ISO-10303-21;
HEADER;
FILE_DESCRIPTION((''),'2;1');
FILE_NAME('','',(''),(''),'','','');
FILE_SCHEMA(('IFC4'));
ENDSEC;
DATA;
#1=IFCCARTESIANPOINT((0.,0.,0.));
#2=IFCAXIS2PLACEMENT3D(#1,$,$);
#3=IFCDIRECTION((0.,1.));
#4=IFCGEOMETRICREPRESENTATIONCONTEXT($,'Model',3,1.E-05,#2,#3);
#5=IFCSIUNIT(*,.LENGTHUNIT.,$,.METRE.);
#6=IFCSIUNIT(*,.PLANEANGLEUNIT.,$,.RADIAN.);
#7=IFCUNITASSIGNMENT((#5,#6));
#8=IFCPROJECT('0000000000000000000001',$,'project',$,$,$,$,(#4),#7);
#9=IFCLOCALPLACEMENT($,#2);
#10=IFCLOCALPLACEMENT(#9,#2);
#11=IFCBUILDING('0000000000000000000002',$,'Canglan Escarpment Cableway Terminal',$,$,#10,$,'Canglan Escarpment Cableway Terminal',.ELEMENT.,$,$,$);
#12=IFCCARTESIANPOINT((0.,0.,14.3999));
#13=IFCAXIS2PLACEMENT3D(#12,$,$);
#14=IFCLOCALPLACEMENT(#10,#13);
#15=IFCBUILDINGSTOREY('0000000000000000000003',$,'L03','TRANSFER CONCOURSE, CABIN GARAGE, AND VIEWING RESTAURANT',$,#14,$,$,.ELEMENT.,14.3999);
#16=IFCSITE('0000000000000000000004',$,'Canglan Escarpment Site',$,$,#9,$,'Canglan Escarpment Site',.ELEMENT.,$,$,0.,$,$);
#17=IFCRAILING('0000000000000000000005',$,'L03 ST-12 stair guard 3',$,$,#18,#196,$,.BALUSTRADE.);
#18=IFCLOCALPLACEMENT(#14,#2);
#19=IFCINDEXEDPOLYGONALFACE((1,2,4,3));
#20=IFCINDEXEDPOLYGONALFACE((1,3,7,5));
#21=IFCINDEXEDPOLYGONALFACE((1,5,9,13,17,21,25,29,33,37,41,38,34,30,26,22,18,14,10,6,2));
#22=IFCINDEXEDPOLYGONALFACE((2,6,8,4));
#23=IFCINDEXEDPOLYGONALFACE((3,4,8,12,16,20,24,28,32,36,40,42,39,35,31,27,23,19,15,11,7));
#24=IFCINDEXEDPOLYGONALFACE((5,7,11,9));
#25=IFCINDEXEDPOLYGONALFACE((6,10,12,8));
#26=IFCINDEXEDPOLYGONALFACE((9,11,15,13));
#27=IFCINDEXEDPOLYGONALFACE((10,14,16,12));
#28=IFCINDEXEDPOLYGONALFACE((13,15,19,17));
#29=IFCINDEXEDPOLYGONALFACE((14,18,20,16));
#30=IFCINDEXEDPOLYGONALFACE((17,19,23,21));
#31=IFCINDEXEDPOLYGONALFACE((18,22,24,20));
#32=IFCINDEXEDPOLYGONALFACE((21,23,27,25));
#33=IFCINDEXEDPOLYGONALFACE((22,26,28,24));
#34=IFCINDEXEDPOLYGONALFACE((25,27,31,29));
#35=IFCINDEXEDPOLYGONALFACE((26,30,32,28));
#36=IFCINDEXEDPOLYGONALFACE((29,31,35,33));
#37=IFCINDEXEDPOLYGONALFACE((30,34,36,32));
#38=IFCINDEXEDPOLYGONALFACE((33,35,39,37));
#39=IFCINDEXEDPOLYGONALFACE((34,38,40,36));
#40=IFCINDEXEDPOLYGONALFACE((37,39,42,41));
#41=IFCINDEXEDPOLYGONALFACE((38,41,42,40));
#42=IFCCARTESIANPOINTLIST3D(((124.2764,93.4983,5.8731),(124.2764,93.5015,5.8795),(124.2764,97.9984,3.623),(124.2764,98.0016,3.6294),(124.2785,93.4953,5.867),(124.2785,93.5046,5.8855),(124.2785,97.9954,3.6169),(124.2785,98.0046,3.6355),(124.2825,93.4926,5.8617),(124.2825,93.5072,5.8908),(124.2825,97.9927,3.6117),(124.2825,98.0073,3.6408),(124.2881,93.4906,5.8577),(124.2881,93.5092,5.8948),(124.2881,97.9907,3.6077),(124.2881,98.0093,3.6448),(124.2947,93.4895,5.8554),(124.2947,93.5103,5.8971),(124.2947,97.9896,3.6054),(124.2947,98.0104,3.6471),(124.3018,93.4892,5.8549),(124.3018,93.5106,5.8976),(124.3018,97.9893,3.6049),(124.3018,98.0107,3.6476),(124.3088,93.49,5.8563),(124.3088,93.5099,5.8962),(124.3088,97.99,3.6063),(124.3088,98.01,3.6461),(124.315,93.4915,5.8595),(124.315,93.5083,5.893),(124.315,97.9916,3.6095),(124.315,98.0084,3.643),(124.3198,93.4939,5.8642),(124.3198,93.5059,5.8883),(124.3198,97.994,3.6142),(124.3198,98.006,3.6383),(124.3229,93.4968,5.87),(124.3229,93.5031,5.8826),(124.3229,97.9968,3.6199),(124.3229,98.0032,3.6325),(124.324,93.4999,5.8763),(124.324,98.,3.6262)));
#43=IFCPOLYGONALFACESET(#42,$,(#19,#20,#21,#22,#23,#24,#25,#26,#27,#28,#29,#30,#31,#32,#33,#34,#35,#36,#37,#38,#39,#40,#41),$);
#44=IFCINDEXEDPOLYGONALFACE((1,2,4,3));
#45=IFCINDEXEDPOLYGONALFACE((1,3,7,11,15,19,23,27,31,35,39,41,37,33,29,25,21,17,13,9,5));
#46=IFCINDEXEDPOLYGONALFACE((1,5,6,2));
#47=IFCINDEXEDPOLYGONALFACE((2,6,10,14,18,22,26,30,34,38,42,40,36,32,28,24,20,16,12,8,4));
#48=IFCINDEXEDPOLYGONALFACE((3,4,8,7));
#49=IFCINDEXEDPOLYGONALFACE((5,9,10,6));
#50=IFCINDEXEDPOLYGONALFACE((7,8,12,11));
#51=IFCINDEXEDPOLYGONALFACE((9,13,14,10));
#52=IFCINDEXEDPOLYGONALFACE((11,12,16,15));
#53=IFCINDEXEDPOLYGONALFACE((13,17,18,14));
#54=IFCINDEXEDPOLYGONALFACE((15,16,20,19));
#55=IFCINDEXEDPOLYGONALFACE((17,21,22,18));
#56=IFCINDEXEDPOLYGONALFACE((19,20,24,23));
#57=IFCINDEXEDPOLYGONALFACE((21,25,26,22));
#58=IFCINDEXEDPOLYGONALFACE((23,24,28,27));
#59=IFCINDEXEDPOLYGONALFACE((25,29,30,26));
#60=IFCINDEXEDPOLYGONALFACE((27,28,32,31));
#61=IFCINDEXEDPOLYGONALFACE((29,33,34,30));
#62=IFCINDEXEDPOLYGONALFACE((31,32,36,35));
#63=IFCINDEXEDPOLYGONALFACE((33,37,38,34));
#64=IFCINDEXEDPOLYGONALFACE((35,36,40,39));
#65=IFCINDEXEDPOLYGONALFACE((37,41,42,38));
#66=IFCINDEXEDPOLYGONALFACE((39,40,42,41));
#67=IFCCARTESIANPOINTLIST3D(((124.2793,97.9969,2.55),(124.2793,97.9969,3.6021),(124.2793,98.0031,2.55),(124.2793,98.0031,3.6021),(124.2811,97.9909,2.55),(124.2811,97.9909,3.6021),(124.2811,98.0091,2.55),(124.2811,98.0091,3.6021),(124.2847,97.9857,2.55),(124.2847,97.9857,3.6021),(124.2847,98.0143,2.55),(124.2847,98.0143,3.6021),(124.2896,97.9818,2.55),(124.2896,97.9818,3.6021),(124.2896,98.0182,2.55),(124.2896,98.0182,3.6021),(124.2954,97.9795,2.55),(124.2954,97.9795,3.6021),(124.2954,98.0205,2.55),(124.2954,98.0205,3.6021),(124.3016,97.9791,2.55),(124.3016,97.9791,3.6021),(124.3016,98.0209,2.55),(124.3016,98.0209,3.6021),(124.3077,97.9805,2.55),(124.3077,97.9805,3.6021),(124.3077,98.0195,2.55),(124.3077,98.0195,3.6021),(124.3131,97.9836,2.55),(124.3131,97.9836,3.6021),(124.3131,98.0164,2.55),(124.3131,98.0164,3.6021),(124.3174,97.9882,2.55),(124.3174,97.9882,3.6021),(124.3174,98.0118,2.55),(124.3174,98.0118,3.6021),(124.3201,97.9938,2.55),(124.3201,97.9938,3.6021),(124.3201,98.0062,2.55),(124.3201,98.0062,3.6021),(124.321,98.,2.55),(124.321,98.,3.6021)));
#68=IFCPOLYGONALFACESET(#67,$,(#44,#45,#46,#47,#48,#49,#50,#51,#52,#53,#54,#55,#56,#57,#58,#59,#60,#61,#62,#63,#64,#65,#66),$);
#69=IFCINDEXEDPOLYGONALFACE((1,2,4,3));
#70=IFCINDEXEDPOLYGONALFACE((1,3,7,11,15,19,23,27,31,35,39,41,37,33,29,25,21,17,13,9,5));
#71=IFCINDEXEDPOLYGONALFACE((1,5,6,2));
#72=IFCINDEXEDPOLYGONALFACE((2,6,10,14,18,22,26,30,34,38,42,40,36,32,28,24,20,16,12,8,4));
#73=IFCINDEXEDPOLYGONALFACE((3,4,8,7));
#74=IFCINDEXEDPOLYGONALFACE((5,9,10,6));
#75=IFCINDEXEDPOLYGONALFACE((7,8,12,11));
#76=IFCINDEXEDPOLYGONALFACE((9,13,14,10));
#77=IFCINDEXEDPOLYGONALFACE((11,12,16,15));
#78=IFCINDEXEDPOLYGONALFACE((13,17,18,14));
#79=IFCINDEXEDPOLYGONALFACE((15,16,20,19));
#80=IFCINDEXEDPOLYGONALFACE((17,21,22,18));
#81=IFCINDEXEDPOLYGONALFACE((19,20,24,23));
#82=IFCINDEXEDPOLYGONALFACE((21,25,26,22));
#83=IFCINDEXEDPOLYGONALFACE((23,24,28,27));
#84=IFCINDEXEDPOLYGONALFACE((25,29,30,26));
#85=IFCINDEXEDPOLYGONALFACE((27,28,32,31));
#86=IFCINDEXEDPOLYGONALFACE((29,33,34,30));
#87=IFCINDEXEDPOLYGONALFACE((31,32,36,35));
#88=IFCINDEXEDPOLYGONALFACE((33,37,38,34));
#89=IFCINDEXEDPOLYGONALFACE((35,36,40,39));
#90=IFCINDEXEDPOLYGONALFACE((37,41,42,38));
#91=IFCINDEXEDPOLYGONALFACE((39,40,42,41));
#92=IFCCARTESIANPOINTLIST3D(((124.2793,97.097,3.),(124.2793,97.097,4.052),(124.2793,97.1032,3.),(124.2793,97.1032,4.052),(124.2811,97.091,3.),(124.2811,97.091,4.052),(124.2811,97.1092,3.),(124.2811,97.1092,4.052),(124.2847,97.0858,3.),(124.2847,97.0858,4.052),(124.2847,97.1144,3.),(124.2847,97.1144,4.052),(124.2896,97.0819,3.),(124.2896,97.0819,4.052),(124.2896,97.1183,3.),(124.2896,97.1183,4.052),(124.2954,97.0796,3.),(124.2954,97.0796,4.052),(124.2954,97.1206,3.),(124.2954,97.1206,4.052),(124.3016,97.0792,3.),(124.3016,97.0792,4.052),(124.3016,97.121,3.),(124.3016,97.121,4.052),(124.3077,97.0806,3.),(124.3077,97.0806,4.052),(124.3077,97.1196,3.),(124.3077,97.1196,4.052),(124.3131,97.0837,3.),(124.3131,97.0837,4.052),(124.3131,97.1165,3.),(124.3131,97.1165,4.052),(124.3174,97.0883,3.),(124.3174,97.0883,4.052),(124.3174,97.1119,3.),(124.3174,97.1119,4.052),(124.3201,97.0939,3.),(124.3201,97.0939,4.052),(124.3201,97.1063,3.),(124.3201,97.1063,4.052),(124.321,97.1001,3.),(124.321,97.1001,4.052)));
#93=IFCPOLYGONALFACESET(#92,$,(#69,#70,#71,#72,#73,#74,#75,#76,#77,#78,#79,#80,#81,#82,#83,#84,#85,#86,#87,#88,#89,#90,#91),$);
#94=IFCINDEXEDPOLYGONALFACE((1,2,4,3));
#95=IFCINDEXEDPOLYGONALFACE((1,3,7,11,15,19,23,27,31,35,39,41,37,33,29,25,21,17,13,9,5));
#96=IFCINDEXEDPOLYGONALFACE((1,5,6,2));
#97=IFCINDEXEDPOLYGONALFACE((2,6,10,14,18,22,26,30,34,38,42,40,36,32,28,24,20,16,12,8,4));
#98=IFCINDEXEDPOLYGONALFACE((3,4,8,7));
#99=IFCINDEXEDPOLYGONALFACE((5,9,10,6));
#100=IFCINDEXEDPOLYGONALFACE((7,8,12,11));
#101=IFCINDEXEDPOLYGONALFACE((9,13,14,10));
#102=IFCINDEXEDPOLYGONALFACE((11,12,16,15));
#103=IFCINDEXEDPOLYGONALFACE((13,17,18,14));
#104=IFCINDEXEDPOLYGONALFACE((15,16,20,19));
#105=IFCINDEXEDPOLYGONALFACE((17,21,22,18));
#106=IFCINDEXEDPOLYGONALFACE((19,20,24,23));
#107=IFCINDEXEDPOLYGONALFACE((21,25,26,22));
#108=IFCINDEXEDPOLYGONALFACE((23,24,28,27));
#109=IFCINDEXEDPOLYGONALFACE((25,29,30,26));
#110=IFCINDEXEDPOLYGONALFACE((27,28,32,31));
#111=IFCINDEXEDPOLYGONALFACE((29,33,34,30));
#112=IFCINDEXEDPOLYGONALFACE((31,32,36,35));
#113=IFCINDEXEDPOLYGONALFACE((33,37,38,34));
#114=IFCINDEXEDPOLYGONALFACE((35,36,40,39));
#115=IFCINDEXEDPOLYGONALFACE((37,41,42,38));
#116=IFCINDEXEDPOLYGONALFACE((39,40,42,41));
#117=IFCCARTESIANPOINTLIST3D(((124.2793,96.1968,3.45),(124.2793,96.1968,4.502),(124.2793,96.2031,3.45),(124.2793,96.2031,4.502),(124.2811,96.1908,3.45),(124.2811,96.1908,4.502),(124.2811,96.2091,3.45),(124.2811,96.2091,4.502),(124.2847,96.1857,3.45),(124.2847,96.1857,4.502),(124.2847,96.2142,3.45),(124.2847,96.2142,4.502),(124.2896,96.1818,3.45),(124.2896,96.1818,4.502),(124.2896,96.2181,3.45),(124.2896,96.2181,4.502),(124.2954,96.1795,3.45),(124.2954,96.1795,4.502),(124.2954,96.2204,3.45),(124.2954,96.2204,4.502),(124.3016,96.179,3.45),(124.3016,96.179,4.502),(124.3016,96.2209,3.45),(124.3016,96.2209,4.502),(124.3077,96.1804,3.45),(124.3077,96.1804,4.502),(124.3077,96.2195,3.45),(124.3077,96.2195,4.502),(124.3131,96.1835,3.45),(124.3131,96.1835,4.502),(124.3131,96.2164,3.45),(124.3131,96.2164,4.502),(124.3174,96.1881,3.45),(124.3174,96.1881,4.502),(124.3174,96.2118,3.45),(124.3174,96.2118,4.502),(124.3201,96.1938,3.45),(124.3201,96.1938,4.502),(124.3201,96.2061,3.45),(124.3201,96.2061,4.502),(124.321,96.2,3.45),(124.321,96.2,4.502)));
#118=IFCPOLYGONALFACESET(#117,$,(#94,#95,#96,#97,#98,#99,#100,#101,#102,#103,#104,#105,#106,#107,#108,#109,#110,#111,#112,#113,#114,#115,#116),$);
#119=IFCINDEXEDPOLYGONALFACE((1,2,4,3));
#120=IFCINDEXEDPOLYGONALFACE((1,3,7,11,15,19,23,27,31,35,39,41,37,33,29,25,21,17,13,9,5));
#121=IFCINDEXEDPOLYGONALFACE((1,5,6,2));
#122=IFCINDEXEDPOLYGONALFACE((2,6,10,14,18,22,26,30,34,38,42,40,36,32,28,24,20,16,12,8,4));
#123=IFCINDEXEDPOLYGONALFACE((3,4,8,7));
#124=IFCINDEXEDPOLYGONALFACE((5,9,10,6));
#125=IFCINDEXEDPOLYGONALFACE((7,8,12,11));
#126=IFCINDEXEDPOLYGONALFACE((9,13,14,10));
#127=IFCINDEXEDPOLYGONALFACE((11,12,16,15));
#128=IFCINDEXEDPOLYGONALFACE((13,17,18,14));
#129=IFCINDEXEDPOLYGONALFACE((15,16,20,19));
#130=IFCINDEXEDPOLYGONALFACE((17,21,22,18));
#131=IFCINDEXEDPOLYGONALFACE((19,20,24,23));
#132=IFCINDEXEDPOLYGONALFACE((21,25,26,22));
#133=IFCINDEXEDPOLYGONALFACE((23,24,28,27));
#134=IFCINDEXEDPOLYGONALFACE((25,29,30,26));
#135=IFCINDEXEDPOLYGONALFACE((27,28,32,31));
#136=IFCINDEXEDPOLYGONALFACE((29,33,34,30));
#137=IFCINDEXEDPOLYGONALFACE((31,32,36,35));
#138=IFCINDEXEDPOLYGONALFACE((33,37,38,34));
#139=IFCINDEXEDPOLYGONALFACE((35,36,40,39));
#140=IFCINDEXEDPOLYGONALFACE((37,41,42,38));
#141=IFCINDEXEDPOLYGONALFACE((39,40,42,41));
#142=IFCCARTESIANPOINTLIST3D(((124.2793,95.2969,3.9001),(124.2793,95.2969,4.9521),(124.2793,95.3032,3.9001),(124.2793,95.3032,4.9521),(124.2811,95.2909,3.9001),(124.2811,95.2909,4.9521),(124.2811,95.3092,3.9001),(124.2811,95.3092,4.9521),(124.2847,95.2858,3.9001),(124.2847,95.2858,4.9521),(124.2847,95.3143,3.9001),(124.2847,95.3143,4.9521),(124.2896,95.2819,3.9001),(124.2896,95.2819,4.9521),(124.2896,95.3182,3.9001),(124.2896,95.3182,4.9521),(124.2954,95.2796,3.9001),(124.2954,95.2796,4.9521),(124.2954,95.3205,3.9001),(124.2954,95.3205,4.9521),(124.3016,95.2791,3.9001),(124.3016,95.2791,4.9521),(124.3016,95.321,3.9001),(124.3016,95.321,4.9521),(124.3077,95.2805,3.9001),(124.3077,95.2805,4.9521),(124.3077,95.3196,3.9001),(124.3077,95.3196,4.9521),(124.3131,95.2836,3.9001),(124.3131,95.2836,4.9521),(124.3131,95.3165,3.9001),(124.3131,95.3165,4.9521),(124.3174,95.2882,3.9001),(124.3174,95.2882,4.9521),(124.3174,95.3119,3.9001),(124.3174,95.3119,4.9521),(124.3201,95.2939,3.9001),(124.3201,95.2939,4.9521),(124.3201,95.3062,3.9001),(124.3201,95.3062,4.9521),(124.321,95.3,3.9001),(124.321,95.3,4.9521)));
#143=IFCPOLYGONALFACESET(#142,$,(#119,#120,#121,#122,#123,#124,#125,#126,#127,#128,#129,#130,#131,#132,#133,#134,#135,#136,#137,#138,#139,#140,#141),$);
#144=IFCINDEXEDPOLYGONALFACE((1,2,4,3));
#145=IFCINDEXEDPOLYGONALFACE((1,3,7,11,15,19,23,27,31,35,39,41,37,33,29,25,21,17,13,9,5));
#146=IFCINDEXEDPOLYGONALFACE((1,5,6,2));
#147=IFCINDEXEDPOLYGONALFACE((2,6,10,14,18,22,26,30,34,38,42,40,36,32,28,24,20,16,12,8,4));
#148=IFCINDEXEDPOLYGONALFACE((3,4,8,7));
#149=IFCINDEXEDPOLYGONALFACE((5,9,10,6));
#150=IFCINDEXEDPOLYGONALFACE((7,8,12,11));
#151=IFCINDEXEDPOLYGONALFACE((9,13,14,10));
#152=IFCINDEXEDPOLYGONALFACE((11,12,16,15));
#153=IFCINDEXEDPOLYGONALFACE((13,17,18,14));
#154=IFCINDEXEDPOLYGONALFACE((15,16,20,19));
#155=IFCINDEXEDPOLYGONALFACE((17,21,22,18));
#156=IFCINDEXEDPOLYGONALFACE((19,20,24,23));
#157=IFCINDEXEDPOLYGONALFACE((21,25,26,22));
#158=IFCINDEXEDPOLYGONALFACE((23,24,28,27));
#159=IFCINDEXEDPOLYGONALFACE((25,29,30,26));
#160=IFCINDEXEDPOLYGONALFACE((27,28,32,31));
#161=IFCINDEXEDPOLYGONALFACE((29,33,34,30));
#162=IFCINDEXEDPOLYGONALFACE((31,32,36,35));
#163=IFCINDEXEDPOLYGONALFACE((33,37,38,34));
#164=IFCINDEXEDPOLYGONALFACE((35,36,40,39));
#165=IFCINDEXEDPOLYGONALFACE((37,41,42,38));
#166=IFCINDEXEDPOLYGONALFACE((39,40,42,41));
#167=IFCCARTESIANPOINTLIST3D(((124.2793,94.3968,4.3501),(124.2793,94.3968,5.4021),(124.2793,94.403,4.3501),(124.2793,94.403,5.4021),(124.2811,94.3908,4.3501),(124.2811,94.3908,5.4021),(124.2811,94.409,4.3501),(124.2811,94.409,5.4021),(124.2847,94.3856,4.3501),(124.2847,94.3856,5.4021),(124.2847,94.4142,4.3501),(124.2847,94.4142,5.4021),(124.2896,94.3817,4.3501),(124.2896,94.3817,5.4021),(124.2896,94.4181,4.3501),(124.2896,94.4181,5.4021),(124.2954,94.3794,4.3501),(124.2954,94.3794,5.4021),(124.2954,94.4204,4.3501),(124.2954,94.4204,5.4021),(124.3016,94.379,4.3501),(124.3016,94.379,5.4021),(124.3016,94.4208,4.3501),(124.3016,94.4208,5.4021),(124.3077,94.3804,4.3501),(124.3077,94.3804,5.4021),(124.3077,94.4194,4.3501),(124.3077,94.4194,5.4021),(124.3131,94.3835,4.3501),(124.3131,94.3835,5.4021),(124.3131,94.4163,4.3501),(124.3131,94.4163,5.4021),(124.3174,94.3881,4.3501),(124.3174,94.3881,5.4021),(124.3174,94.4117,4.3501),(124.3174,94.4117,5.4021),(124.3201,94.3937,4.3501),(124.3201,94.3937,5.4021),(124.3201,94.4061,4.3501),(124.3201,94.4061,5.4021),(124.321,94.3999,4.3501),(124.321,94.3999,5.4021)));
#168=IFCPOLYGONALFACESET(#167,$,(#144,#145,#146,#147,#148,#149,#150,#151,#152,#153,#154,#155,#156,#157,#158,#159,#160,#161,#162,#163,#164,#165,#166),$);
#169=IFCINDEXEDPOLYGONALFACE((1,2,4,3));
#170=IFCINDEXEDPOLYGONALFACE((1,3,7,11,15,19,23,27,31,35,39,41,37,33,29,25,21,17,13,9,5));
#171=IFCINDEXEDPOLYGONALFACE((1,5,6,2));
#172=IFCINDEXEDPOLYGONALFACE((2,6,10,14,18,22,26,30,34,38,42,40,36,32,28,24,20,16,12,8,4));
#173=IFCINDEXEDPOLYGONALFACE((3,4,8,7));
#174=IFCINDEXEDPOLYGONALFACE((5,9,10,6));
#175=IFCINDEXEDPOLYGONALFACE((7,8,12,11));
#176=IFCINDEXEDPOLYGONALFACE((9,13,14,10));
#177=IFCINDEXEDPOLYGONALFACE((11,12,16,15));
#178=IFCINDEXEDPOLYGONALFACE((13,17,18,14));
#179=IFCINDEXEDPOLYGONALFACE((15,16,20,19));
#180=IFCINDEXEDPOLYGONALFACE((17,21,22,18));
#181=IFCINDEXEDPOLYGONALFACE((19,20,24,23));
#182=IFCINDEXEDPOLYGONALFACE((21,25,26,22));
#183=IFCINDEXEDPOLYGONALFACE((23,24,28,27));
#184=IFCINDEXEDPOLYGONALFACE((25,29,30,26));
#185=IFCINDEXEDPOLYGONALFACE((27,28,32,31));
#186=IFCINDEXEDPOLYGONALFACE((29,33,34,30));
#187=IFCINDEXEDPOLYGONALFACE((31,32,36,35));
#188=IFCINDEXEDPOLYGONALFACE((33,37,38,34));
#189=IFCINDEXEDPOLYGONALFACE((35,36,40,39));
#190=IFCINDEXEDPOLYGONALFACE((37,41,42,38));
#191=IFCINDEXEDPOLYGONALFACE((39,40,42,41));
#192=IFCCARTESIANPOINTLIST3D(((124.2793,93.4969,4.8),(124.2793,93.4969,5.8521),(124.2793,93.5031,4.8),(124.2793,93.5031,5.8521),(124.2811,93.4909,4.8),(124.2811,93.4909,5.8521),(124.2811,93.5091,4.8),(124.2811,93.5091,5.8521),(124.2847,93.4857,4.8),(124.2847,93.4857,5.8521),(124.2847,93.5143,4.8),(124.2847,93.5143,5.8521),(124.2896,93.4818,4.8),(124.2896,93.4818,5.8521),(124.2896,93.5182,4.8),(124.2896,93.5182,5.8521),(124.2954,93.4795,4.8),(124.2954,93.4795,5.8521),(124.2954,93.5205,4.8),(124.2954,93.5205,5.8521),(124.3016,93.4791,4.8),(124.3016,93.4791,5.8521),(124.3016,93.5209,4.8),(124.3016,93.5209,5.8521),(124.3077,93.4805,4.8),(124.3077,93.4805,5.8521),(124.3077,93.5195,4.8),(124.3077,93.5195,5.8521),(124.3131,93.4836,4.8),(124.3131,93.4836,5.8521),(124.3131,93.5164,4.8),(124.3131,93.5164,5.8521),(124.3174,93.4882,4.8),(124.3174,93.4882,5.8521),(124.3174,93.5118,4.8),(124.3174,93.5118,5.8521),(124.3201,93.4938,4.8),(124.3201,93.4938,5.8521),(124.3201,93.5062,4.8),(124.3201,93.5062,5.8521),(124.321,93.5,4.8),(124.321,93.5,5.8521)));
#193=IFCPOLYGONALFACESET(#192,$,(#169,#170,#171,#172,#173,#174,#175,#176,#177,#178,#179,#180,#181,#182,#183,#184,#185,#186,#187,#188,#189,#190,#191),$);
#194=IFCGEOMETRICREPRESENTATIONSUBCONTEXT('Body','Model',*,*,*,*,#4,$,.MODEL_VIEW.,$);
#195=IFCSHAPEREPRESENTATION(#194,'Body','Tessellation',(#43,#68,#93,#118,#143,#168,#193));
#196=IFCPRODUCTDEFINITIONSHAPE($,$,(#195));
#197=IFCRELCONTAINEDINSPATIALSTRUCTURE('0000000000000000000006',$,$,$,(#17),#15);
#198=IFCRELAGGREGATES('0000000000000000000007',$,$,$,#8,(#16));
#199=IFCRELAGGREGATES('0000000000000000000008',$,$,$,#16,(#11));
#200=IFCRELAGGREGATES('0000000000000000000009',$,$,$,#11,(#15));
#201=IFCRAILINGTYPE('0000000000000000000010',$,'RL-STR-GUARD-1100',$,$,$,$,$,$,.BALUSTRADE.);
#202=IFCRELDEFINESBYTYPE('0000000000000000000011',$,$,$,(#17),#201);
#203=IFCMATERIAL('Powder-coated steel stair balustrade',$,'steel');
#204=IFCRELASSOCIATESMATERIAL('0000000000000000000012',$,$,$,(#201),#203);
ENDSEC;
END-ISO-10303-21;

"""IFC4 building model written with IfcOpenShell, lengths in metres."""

from ifc_helpers import new_model, si_unit, direction, frame, origin, origin_2d, place, context, subcontext, project, spatial, circle, extrude, material, type_object, element, save


model = new_model("IFC4")

# Units and contexts
model_context = context("Model", 3, precision=1e-05, world=origin(), true_north=direction((0.0, 1.0)))
body_context = subcontext(model_context, "Body", "Model", "MODEL_VIEW")
ifc_project = project(units=[si_unit("LENGTHUNIT", "METRE"), si_unit("PLANEANGLEUNIT", "RADIAN")], contexts=[model_context])

# Site, building, storey
site_placement = place(None, origin())
site = spatial("IfcSite", under=ifc_project, at=site_placement, Name="Canglan Escarpment Site", LongName="Canglan Escarpment Site", CompositionType="ELEMENT", RefElevation=0.0)
building_placement = place(site_placement, origin())
building = spatial("IfcBuilding", under=site, at=building_placement, Name="Canglan Escarpment Cableway Terminal", LongName="Canglan Escarpment Cableway Terminal", CompositionType="ELEMENT")
storey_placement = place(building_placement, frame((0.0, 0.0, 14.3999)))
storey = spatial("IfcBuildingStorey", under=building, at=storey_placement, Name="L03", Description="TRANSFER CONCOURSE, CABIN GARAGE, AND VIEWING RESTAURANT", CompositionType="ELEMENT", Elevation=14.3999)

# Railing
ifc_material_1 = material(Name="Powder-coated steel stair balustrade", Category="steel")
railing_type = type_object("IfcRailingType", Name="RL-STR-GUARD-1100", PredefinedType="BALUSTRADE", material=ifc_material_1)
railing_1_placement = place(storey_placement, frame((124.3, 98.0, 2.55)))
element("IfcRailing", 1, at=railing_1_placement, inside=storey, type_object=railing_type, Name="L03 ST-12 stair guard 3", PredefinedType="BALUSTRADE", context=body_context, shape_type="SweptSolid", body=[
    extrude(circle(Radius=0.0239, at=origin_2d()), frame((0.0, 0.0, 1.0762), z_axis=(0.0, -0.894427, 0.447214), x_axis=(1.0, 0.0, 0.0)), (0.0, 0.0, 1.0), 5.0312),
    extrude(circle(Radius=0.021, at=origin_2d()), origin(), (0.0, 0.0, 1.0), 1.052),
    extrude(circle(Radius=0.021, at=origin_2d()), frame((0.0, -0.8999, 0.45)), (0.0, 0.0, 1.0), 1.052),
    extrude(circle(Radius=0.021, at=origin_2d()), frame((0.0, -1.8, 0.8999)), (0.0, 0.0, 1.0), 1.052),
    extrude(circle(Radius=0.021, at=origin_2d()), frame((0.0, -2.7, 1.3501)), (0.0, 0.0, 1.0), 1.052),
    extrude(circle(Radius=0.021, at=origin_2d()), frame((0.0, -3.6001, 1.8)), (0.0, 0.0, 1.0), 1.052),
    extrude(circle(Radius=0.021, at=origin_2d()), frame((0.0, -4.5, 2.25)), (0.0, 0.0, 1.0), 1.052),
])

save(model, "model.ifc")
